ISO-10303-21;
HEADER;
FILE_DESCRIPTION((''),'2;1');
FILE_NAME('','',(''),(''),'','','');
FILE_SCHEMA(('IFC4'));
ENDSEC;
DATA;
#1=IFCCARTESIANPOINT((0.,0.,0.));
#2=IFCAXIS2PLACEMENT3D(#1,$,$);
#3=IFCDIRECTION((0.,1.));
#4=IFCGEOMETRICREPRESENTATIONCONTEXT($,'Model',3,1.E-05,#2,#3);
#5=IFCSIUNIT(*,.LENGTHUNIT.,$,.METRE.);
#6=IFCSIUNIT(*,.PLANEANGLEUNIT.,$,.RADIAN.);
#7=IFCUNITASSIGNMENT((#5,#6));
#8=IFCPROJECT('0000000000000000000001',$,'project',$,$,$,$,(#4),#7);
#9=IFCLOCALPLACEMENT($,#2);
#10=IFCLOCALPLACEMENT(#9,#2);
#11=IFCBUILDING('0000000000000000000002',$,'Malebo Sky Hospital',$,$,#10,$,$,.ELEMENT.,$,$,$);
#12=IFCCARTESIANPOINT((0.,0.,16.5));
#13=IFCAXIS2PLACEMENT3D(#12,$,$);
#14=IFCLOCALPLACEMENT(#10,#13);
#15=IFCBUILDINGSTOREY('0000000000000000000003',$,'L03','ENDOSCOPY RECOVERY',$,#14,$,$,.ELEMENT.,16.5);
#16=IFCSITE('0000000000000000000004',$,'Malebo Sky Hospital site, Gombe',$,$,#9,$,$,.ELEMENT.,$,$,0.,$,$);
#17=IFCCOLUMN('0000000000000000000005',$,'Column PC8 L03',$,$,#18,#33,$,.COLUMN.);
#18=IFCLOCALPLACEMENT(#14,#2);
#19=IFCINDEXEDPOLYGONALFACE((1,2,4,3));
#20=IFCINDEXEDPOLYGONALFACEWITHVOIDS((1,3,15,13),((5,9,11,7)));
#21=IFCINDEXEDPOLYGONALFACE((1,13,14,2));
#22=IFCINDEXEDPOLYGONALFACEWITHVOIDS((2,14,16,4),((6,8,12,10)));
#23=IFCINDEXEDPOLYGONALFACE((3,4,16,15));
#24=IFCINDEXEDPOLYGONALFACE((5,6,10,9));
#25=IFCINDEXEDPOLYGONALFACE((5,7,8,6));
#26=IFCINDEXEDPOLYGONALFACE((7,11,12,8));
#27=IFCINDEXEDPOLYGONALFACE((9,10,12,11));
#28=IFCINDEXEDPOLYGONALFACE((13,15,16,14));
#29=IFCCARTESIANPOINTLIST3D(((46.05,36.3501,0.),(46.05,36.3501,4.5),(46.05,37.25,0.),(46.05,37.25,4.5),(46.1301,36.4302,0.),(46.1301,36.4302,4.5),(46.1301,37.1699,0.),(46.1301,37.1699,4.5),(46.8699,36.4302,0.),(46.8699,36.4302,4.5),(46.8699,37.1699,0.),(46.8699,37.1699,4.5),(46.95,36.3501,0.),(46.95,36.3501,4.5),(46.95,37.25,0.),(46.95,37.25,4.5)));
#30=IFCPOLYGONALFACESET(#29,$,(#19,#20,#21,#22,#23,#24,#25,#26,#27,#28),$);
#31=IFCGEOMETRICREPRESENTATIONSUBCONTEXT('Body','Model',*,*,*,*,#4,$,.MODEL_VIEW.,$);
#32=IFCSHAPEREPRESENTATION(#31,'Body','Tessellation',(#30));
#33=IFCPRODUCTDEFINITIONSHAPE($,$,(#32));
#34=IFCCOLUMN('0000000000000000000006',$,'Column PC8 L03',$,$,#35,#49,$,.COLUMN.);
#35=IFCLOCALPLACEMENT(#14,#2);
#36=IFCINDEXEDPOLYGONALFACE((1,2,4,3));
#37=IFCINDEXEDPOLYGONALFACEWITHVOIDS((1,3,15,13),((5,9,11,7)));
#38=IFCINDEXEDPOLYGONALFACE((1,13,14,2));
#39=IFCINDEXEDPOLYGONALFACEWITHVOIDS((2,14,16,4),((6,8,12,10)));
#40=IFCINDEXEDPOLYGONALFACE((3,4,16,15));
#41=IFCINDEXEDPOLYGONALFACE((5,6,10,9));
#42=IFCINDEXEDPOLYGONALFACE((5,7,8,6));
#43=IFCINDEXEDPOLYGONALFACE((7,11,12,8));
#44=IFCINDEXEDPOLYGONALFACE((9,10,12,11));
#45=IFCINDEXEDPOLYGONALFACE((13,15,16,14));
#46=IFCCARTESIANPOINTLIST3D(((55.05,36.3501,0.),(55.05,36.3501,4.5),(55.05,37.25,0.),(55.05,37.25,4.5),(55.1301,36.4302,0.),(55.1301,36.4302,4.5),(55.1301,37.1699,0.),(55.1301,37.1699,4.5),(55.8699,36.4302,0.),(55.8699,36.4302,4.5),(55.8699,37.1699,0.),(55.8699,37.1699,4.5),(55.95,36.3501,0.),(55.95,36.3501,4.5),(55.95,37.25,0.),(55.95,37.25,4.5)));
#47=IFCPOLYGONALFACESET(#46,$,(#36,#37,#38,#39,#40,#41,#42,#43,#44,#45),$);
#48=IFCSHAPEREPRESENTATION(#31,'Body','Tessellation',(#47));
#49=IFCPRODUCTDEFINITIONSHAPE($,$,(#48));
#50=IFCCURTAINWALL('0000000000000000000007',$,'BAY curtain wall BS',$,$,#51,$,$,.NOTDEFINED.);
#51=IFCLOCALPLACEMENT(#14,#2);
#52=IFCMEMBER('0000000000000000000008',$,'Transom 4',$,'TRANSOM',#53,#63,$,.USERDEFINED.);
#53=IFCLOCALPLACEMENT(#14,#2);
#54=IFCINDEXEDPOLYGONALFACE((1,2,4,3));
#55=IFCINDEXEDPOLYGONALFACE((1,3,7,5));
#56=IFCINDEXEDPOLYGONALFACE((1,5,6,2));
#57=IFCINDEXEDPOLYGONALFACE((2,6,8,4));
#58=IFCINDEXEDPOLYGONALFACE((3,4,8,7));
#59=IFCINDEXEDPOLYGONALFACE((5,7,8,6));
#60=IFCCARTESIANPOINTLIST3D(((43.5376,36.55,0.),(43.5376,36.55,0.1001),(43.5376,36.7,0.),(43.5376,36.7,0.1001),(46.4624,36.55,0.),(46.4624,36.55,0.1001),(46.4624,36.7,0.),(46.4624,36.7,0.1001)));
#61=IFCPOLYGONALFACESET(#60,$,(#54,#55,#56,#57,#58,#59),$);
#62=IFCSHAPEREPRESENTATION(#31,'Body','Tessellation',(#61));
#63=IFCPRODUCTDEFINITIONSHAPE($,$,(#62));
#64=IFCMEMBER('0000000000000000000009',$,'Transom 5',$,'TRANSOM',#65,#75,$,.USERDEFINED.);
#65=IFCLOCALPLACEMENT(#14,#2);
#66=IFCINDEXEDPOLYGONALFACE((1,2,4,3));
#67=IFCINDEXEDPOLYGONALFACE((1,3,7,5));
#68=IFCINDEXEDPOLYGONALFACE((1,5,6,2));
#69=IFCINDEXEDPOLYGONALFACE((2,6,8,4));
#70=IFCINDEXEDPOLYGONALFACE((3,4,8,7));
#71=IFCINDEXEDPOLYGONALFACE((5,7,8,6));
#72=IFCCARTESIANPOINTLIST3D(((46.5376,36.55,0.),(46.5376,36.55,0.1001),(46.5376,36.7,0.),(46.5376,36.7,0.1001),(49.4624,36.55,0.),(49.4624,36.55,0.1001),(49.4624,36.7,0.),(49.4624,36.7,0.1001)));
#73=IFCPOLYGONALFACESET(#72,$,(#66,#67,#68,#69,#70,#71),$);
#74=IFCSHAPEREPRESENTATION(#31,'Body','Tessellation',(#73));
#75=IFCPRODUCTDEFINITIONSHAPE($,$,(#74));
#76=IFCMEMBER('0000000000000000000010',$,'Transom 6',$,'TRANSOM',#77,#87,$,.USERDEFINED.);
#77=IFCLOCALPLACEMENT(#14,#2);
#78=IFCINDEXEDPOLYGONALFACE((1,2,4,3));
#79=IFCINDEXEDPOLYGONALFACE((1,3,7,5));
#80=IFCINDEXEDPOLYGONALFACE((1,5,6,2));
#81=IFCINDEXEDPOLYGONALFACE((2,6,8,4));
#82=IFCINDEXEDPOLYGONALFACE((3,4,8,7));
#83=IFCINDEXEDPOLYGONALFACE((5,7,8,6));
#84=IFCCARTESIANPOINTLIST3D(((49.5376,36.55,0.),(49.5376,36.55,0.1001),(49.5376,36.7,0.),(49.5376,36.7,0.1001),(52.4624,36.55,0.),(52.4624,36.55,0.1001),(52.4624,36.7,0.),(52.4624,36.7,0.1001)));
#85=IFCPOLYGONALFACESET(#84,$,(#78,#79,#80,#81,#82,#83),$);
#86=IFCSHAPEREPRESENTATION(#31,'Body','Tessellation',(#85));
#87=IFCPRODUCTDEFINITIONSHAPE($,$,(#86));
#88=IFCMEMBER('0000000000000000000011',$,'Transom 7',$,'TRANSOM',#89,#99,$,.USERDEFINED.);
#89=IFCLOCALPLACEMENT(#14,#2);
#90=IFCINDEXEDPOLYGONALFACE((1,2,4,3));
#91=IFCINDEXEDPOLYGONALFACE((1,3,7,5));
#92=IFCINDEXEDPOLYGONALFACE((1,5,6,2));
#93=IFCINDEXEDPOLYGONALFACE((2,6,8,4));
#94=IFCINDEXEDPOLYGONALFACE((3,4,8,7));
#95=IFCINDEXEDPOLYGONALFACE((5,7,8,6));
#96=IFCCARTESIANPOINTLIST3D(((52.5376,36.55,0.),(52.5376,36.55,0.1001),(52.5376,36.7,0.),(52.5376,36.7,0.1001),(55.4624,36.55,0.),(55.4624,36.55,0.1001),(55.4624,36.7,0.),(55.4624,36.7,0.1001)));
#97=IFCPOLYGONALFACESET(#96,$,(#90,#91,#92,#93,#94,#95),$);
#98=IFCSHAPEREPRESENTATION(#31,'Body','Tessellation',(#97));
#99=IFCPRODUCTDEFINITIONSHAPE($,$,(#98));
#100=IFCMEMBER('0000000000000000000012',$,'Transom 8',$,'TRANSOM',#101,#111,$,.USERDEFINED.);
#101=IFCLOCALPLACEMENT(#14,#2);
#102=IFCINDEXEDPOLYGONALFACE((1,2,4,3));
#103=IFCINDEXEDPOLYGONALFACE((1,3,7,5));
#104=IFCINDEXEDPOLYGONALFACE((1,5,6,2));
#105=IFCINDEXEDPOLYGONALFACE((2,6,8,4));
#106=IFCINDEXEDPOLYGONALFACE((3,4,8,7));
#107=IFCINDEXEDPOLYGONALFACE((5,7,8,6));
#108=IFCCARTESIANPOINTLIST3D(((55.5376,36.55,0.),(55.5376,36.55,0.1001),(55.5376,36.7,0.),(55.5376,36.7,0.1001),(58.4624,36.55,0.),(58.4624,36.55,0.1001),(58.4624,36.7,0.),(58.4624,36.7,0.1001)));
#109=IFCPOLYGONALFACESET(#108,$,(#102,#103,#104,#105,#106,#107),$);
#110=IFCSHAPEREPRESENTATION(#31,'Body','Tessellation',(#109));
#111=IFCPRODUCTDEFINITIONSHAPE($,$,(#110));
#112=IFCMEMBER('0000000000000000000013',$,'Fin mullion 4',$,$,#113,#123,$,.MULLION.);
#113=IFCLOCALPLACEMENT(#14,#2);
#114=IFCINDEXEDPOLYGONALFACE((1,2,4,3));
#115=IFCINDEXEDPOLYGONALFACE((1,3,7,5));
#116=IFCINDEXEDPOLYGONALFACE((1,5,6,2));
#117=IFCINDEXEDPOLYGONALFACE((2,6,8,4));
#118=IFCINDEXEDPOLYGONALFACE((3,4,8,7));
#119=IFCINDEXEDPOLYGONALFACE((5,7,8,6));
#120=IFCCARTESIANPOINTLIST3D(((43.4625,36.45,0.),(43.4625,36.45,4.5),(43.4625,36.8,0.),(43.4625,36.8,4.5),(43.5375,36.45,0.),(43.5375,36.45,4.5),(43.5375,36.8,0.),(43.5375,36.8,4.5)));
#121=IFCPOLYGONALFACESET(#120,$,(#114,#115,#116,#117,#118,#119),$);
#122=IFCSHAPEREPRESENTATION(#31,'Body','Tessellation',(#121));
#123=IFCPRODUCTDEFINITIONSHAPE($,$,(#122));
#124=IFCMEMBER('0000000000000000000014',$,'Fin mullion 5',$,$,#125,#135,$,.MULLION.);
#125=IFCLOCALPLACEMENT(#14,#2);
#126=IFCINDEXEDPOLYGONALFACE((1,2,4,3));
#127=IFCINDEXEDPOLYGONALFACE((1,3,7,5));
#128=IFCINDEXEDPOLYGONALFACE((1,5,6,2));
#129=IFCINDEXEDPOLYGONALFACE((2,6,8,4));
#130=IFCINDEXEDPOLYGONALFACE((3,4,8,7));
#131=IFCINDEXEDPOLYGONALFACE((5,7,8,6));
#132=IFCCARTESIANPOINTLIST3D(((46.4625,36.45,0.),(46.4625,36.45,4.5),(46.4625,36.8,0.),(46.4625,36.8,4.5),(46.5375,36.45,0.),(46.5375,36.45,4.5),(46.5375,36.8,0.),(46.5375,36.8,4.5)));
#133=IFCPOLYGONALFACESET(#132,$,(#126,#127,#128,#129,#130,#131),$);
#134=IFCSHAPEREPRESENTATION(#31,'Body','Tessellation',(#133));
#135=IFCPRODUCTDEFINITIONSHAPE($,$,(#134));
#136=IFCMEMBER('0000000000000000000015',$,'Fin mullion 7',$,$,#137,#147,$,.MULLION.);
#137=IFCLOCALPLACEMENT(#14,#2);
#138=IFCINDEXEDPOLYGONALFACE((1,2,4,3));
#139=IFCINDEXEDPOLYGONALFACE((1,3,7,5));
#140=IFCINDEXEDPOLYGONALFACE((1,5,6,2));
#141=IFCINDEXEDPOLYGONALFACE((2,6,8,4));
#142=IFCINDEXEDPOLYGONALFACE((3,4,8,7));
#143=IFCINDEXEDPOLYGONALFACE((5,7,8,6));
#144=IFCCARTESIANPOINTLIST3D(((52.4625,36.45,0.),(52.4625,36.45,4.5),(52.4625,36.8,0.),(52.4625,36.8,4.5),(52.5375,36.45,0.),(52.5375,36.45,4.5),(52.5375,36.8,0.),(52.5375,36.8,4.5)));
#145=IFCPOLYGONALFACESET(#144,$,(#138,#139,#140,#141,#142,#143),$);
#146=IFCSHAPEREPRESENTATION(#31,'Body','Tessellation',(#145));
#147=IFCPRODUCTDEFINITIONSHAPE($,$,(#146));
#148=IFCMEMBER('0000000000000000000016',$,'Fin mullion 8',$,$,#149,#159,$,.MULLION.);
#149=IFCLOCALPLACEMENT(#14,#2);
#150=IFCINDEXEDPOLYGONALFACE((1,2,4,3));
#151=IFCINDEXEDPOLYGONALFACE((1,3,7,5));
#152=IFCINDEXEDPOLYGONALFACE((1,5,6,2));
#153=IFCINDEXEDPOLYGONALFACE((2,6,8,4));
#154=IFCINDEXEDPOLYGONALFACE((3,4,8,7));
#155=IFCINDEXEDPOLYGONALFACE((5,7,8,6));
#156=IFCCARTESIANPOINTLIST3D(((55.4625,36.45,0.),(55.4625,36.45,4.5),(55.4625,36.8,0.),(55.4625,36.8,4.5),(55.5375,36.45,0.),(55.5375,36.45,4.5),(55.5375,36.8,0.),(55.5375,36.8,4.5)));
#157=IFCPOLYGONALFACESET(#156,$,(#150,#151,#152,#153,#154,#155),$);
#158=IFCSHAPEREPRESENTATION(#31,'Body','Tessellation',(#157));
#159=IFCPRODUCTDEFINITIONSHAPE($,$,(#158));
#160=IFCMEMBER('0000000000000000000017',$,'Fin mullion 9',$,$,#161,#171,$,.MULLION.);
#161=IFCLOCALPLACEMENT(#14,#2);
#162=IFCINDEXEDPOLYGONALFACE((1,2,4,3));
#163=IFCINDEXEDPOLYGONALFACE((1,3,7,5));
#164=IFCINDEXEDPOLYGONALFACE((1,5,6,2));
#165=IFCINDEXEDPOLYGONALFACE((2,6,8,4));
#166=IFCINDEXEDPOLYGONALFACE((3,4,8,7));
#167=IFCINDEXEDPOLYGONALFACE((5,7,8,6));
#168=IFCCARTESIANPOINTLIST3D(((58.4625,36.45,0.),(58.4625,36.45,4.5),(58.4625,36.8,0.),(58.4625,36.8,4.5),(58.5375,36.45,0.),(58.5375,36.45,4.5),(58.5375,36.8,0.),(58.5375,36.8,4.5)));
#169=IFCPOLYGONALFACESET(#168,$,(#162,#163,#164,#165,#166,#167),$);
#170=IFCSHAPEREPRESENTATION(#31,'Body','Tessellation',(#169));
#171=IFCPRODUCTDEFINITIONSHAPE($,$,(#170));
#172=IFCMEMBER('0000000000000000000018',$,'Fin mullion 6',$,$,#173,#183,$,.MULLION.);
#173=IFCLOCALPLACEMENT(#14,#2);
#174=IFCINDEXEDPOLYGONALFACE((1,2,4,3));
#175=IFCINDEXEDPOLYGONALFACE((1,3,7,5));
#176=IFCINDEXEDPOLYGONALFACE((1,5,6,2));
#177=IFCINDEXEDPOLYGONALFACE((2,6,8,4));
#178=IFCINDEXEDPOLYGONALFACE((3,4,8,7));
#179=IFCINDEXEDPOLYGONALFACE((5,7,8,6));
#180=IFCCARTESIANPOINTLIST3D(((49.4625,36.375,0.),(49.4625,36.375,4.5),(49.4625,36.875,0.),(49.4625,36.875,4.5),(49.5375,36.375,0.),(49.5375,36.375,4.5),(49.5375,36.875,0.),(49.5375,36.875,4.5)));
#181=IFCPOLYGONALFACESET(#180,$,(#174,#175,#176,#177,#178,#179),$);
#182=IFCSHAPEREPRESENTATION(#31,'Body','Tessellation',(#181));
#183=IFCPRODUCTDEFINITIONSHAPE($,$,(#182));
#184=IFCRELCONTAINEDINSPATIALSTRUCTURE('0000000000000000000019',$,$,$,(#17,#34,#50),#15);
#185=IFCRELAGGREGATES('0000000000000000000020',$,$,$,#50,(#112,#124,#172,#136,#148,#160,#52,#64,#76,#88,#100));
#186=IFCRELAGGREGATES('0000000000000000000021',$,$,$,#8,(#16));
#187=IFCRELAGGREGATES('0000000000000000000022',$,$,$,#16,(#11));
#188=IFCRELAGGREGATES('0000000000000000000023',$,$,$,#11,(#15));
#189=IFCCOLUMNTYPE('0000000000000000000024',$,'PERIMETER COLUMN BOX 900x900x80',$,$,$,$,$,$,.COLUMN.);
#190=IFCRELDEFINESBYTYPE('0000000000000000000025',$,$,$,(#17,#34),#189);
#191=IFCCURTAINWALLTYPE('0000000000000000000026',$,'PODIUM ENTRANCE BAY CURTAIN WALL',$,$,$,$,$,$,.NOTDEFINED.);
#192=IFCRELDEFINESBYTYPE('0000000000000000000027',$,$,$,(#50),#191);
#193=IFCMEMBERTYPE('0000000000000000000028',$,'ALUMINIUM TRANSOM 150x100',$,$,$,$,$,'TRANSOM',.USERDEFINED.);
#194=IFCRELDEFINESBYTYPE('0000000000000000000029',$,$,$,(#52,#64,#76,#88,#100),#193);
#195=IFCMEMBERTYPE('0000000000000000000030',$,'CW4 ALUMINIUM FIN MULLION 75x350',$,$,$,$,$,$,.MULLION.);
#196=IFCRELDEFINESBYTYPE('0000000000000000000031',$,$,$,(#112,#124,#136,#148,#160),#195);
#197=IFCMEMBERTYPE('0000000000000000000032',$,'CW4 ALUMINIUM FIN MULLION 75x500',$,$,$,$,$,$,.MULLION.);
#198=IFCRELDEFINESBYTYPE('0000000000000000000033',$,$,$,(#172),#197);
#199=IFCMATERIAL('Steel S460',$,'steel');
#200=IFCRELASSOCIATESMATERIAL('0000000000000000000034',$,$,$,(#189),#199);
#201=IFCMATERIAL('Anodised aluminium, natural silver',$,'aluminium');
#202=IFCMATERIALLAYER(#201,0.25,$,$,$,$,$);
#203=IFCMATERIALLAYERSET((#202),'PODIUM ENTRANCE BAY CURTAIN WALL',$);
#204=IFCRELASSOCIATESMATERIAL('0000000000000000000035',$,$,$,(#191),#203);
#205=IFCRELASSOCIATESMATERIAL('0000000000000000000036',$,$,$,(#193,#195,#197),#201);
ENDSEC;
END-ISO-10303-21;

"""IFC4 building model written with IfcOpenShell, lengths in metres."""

from ifc_helpers import new_model, si_unit, direction, frame, origin, origin_2d, place, context, subcontext, project, spatial, rectangle, hollow_rectangle, extrude, material, layer, layer_set, material_profile, profile_set, type_object, element, aggregate, save


model = new_model("IFC4")

# Units and contexts
model_context = context("Model", 3, precision=1e-05, world=origin(), true_north=direction((0.0, 1.0)))
body_context = subcontext(model_context, "Body", "Model", "MODEL_VIEW")
ifc_project = project(units=[si_unit("LENGTHUNIT", "METRE"), si_unit("PLANEANGLEUNIT", "RADIAN")], contexts=[model_context])

# Site, building, storey
site_placement = place(None, origin())
site = spatial("IfcSite", under=ifc_project, at=site_placement, Name="Malebo Sky Hospital site, Gombe", CompositionType="ELEMENT", RefElevation=0.0)
building_placement = place(site_placement, origin())
building = spatial("IfcBuilding", under=site, at=building_placement, Name="Malebo Sky Hospital", CompositionType="ELEMENT")
storey_placement = place(building_placement, frame((0.0, 0.0, 16.5)))
storey = spatial("IfcBuildingStorey", under=building, at=storey_placement, Name="L03", Description="ENDOSCOPY RECOVERY", CompositionType="ELEMENT", Elevation=16.5)

# Columns
ifc_material_1 = material(Name="Steel S460", Category="steel")
ifc_material_profile_1 = material_profile(ifc_material_1, hollow_rectangle(XDim=0.8999, YDim=0.8999, WallThickness=0.0801, at=origin_2d()), Name="BOX 900x900x80")
ifc_profile_set_1 = profile_set([ifc_material_profile_1], Name="Steel S460")
column_type = type_object("IfcColumnType", Name="PERIMETER COLUMN BOX 900x900x80", PredefinedType="COLUMN", material=ifc_profile_set_1)
for number, where, z_axis, x_axis, name in (
    (1, (46.5, 36.8, 0.0), (0.0, 0.0, 1.0), (1.0, 0.0, 0.0), "Column PC8 L03"),
    (2, (55.5, 36.8, 0.0), (0.0, 0.0, 1.0), (1.0, 0.0, 0.0), "Column PC8 L03"),
):
    element("IfcColumn", number, at=place(storey_placement, frame(where, z_axis=z_axis, x_axis=x_axis)), inside=storey, type_object=column_type, Name=name, PredefinedType="COLUMN", context=body_context, shape_type="SweptSolid", body=[
        extrude(hollow_rectangle(XDim=0.8999, YDim=0.8999, WallThickness=0.0801, at=origin_2d()), origin(), (0.0, 0.0, 1.0), 4.5),
    ])

# Curtain wall, members
ifc_material_2 = material(Name="Anodised aluminium, natural silver", Category="aluminium")
ifc_layer_1 = layer(ifc_material_2, 0.25)
ifc_layer_set_1 = layer_set([ifc_layer_1], Name="PODIUM ENTRANCE BAY CURTAIN WALL")
curtain_wall_type = type_object("IfcCurtainWallType", Name="PODIUM ENTRANCE BAY CURTAIN WALL", PredefinedType="NOTDEFINED", material=ifc_layer_set_1)
curtain_wall_placement = place(storey_placement, origin())
curtain_wall = element("IfcCurtainWall", 3, at=curtain_wall_placement, inside=storey, type_object=curtain_wall_type, Name="BAY curtain wall BS", PredefinedType="NOTDEFINED")
ifc_material_profile_2 = material_profile(ifc_material_2, rectangle(XDim=0.1499, YDim=0.1001, at=origin_2d()), Name="ALUMINIUM TRANSOM 150x100")
ifc_profile_set_2 = profile_set([ifc_material_profile_2], Name="Anodised aluminium, natural silver")
member_type_1 = type_object("IfcMemberType", Name="ALUMINIUM TRANSOM 150x100", ElementType="TRANSOM", PredefinedType="USERDEFINED", material=ifc_profile_set_2)
member_1_placement = place(storey_placement, frame((43.5376, 36.625, 0.05), z_axis=(1.0, 0.0, 0.0), x_axis=(0.0, 1.0, 0.0)))
member_1 = element("IfcMember", 4, at=member_1_placement, type_object=member_type_1, Name="Transom 4", ObjectType="TRANSOM", PredefinedType="USERDEFINED", context=body_context, shape_type="SweptSolid", body=[
    extrude(rectangle(XDim=0.1499, YDim=0.1001, at=origin_2d()), origin(), (0.0, 0.0, 1.0), 2.9248),
])
member_2_placement = place(storey_placement, frame((46.5376, 36.625, 0.05), z_axis=(1.0, 0.0, 0.0), x_axis=(0.0, 1.0, 0.0)))
member_2 = element("IfcMember", 5, at=member_2_placement, type_object=member_type_1, Name="Transom 5", ObjectType="TRANSOM", PredefinedType="USERDEFINED", context=body_context, shape_type="SweptSolid", body=[
    extrude(rectangle(XDim=0.1499, YDim=0.1001, at=origin_2d()), origin(), (0.0, 0.0, 1.0), 2.9248),
])
member_3_placement = place(storey_placement, frame((49.5376, 36.625, 0.05), z_axis=(1.0, 0.0, 0.0), x_axis=(0.0, 1.0, 0.0)))
member_3 = element("IfcMember", 6, at=member_3_placement, type_object=member_type_1, Name="Transom 6", ObjectType="TRANSOM", PredefinedType="USERDEFINED", context=body_context, shape_type="SweptSolid", body=[
    extrude(rectangle(XDim=0.1499, YDim=0.1001, at=origin_2d()), origin(), (0.0, 0.0, 1.0), 2.9248),
])
member_4_placement = place(storey_placement, frame((52.5376, 36.625, 0.05), z_axis=(1.0, 0.0, 0.0), x_axis=(0.0, 1.0, 0.0)))
member_4 = element("IfcMember", 7, at=member_4_placement, type_object=member_type_1, Name="Transom 7", ObjectType="TRANSOM", PredefinedType="USERDEFINED", context=body_context, shape_type="SweptSolid", body=[
    extrude(rectangle(XDim=0.1499, YDim=0.1001, at=origin_2d()), origin(), (0.0, 0.0, 1.0), 2.9248),
])
member_5_placement = place(storey_placement, frame((55.5376, 36.625, 0.05), z_axis=(1.0, 0.0, 0.0), x_axis=(0.0, 1.0, 0.0)))
member_5 = element("IfcMember", 8, at=member_5_placement, type_object=member_type_1, Name="Transom 8", ObjectType="TRANSOM", PredefinedType="USERDEFINED", context=body_context, shape_type="SweptSolid", body=[
    extrude(rectangle(XDim=0.1499, YDim=0.1001, at=origin_2d()), origin(), (0.0, 0.0, 1.0), 2.9248),
])
ifc_material_profile_3 = material_profile(ifc_material_2, rectangle(XDim=0.075, YDim=0.3501, at=origin_2d()), Name="CW4 ALUMINIUM FIN MULLION 75x350")
ifc_profile_set_3 = profile_set([ifc_material_profile_3], Name="Anodised aluminium, natural silver")
member_type_2 = type_object("IfcMemberType", Name="CW4 ALUMINIUM FIN MULLION 75x350", PredefinedType="MULLION", material=ifc_profile_set_3)
member_6_placement = place(storey_placement, frame((43.5, 36.625, 0.0), z_axis=(0.0, 0.0, 1.0), x_axis=(1.0, 0.0, 0.0)))
member_6 = element("IfcMember", 9, at=member_6_placement, type_object=member_type_2, Name="Fin mullion 4", PredefinedType="MULLION", context=body_context, shape_type="SweptSolid", body=[
    extrude(rectangle(XDim=0.075, YDim=0.3501, at=origin_2d()), origin(), (0.0, 0.0, 1.0), 4.5),
])
member_7_placement = place(storey_placement, frame((46.5, 36.625, 0.0), z_axis=(0.0, 0.0, 1.0), x_axis=(1.0, 0.0, 0.0)))
member_7 = element("IfcMember", 10, at=member_7_placement, type_object=member_type_2, Name="Fin mullion 5", PredefinedType="MULLION", context=body_context, shape_type="SweptSolid", body=[
    extrude(rectangle(XDim=0.075, YDim=0.3501, at=origin_2d()), origin(), (0.0, 0.0, 1.0), 4.5),
])
member_8_placement = place(storey_placement, frame((52.5, 36.625, 0.0), z_axis=(0.0, 0.0, 1.0), x_axis=(1.0, 0.0, 0.0)))
member_8 = element("IfcMember", 11, at=member_8_placement, type_object=member_type_2, Name="Fin mullion 7", PredefinedType="MULLION", context=body_context, shape_type="SweptSolid", body=[
    extrude(rectangle(XDim=0.075, YDim=0.3501, at=origin_2d()), origin(), (0.0, 0.0, 1.0), 4.5),
])
member_9_placement = place(storey_placement, frame((55.5, 36.625, 0.0), z_axis=(0.0, 0.0, 1.0), x_axis=(1.0, 0.0, 0.0)))
member_9 = element("IfcMember", 12, at=member_9_placement, type_object=member_type_2, Name="Fin mullion 8", PredefinedType="MULLION", context=body_context, shape_type="SweptSolid", body=[
    extrude(rectangle(XDim=0.075, YDim=0.3501, at=origin_2d()), origin(), (0.0, 0.0, 1.0), 4.5),
])
member_10_placement = place(storey_placement, frame((58.5, 36.625, 0.0), z_axis=(0.0, 0.0, 1.0), x_axis=(1.0, 0.0, 0.0)))
member_10 = element("IfcMember", 13, at=member_10_placement, type_object=member_type_2, Name="Fin mullion 9", PredefinedType="MULLION", context=body_context, shape_type="SweptSolid", body=[
    extrude(rectangle(XDim=0.075, YDim=0.3501, at=origin_2d()), origin(), (0.0, 0.0, 1.0), 4.5),
])
ifc_material_profile_4 = material_profile(ifc_material_2, rectangle(XDim=0.075, YDim=0.5, at=origin_2d()), Name="CW4 ALUMINIUM FIN MULLION 75x500")
ifc_profile_set_4 = profile_set([ifc_material_profile_4], Name="Anodised aluminium, natural silver")
member_type_3 = type_object("IfcMemberType", Name="CW4 ALUMINIUM FIN MULLION 75x500", PredefinedType="MULLION", material=ifc_profile_set_4)
member_11_placement = place(storey_placement, frame((49.5, 36.625, 0.0), z_axis=(0.0, 0.0, 1.0), x_axis=(1.0, 0.0, 0.0)))
member_11 = element("IfcMember", 14, at=member_11_placement, type_object=member_type_3, Name="Fin mullion 6", PredefinedType="MULLION", context=body_context, shape_type="SweptSolid", body=[
    extrude(rectangle(XDim=0.075, YDim=0.5, at=origin_2d()), origin(), (0.0, 0.0, 1.0), 4.5),
])

aggregate(curtain_wall, [member_6, member_7, member_11, member_8, member_9, member_10, member_1, member_2, member_3, member_4, member_5])

save(model, "model.ifc")
